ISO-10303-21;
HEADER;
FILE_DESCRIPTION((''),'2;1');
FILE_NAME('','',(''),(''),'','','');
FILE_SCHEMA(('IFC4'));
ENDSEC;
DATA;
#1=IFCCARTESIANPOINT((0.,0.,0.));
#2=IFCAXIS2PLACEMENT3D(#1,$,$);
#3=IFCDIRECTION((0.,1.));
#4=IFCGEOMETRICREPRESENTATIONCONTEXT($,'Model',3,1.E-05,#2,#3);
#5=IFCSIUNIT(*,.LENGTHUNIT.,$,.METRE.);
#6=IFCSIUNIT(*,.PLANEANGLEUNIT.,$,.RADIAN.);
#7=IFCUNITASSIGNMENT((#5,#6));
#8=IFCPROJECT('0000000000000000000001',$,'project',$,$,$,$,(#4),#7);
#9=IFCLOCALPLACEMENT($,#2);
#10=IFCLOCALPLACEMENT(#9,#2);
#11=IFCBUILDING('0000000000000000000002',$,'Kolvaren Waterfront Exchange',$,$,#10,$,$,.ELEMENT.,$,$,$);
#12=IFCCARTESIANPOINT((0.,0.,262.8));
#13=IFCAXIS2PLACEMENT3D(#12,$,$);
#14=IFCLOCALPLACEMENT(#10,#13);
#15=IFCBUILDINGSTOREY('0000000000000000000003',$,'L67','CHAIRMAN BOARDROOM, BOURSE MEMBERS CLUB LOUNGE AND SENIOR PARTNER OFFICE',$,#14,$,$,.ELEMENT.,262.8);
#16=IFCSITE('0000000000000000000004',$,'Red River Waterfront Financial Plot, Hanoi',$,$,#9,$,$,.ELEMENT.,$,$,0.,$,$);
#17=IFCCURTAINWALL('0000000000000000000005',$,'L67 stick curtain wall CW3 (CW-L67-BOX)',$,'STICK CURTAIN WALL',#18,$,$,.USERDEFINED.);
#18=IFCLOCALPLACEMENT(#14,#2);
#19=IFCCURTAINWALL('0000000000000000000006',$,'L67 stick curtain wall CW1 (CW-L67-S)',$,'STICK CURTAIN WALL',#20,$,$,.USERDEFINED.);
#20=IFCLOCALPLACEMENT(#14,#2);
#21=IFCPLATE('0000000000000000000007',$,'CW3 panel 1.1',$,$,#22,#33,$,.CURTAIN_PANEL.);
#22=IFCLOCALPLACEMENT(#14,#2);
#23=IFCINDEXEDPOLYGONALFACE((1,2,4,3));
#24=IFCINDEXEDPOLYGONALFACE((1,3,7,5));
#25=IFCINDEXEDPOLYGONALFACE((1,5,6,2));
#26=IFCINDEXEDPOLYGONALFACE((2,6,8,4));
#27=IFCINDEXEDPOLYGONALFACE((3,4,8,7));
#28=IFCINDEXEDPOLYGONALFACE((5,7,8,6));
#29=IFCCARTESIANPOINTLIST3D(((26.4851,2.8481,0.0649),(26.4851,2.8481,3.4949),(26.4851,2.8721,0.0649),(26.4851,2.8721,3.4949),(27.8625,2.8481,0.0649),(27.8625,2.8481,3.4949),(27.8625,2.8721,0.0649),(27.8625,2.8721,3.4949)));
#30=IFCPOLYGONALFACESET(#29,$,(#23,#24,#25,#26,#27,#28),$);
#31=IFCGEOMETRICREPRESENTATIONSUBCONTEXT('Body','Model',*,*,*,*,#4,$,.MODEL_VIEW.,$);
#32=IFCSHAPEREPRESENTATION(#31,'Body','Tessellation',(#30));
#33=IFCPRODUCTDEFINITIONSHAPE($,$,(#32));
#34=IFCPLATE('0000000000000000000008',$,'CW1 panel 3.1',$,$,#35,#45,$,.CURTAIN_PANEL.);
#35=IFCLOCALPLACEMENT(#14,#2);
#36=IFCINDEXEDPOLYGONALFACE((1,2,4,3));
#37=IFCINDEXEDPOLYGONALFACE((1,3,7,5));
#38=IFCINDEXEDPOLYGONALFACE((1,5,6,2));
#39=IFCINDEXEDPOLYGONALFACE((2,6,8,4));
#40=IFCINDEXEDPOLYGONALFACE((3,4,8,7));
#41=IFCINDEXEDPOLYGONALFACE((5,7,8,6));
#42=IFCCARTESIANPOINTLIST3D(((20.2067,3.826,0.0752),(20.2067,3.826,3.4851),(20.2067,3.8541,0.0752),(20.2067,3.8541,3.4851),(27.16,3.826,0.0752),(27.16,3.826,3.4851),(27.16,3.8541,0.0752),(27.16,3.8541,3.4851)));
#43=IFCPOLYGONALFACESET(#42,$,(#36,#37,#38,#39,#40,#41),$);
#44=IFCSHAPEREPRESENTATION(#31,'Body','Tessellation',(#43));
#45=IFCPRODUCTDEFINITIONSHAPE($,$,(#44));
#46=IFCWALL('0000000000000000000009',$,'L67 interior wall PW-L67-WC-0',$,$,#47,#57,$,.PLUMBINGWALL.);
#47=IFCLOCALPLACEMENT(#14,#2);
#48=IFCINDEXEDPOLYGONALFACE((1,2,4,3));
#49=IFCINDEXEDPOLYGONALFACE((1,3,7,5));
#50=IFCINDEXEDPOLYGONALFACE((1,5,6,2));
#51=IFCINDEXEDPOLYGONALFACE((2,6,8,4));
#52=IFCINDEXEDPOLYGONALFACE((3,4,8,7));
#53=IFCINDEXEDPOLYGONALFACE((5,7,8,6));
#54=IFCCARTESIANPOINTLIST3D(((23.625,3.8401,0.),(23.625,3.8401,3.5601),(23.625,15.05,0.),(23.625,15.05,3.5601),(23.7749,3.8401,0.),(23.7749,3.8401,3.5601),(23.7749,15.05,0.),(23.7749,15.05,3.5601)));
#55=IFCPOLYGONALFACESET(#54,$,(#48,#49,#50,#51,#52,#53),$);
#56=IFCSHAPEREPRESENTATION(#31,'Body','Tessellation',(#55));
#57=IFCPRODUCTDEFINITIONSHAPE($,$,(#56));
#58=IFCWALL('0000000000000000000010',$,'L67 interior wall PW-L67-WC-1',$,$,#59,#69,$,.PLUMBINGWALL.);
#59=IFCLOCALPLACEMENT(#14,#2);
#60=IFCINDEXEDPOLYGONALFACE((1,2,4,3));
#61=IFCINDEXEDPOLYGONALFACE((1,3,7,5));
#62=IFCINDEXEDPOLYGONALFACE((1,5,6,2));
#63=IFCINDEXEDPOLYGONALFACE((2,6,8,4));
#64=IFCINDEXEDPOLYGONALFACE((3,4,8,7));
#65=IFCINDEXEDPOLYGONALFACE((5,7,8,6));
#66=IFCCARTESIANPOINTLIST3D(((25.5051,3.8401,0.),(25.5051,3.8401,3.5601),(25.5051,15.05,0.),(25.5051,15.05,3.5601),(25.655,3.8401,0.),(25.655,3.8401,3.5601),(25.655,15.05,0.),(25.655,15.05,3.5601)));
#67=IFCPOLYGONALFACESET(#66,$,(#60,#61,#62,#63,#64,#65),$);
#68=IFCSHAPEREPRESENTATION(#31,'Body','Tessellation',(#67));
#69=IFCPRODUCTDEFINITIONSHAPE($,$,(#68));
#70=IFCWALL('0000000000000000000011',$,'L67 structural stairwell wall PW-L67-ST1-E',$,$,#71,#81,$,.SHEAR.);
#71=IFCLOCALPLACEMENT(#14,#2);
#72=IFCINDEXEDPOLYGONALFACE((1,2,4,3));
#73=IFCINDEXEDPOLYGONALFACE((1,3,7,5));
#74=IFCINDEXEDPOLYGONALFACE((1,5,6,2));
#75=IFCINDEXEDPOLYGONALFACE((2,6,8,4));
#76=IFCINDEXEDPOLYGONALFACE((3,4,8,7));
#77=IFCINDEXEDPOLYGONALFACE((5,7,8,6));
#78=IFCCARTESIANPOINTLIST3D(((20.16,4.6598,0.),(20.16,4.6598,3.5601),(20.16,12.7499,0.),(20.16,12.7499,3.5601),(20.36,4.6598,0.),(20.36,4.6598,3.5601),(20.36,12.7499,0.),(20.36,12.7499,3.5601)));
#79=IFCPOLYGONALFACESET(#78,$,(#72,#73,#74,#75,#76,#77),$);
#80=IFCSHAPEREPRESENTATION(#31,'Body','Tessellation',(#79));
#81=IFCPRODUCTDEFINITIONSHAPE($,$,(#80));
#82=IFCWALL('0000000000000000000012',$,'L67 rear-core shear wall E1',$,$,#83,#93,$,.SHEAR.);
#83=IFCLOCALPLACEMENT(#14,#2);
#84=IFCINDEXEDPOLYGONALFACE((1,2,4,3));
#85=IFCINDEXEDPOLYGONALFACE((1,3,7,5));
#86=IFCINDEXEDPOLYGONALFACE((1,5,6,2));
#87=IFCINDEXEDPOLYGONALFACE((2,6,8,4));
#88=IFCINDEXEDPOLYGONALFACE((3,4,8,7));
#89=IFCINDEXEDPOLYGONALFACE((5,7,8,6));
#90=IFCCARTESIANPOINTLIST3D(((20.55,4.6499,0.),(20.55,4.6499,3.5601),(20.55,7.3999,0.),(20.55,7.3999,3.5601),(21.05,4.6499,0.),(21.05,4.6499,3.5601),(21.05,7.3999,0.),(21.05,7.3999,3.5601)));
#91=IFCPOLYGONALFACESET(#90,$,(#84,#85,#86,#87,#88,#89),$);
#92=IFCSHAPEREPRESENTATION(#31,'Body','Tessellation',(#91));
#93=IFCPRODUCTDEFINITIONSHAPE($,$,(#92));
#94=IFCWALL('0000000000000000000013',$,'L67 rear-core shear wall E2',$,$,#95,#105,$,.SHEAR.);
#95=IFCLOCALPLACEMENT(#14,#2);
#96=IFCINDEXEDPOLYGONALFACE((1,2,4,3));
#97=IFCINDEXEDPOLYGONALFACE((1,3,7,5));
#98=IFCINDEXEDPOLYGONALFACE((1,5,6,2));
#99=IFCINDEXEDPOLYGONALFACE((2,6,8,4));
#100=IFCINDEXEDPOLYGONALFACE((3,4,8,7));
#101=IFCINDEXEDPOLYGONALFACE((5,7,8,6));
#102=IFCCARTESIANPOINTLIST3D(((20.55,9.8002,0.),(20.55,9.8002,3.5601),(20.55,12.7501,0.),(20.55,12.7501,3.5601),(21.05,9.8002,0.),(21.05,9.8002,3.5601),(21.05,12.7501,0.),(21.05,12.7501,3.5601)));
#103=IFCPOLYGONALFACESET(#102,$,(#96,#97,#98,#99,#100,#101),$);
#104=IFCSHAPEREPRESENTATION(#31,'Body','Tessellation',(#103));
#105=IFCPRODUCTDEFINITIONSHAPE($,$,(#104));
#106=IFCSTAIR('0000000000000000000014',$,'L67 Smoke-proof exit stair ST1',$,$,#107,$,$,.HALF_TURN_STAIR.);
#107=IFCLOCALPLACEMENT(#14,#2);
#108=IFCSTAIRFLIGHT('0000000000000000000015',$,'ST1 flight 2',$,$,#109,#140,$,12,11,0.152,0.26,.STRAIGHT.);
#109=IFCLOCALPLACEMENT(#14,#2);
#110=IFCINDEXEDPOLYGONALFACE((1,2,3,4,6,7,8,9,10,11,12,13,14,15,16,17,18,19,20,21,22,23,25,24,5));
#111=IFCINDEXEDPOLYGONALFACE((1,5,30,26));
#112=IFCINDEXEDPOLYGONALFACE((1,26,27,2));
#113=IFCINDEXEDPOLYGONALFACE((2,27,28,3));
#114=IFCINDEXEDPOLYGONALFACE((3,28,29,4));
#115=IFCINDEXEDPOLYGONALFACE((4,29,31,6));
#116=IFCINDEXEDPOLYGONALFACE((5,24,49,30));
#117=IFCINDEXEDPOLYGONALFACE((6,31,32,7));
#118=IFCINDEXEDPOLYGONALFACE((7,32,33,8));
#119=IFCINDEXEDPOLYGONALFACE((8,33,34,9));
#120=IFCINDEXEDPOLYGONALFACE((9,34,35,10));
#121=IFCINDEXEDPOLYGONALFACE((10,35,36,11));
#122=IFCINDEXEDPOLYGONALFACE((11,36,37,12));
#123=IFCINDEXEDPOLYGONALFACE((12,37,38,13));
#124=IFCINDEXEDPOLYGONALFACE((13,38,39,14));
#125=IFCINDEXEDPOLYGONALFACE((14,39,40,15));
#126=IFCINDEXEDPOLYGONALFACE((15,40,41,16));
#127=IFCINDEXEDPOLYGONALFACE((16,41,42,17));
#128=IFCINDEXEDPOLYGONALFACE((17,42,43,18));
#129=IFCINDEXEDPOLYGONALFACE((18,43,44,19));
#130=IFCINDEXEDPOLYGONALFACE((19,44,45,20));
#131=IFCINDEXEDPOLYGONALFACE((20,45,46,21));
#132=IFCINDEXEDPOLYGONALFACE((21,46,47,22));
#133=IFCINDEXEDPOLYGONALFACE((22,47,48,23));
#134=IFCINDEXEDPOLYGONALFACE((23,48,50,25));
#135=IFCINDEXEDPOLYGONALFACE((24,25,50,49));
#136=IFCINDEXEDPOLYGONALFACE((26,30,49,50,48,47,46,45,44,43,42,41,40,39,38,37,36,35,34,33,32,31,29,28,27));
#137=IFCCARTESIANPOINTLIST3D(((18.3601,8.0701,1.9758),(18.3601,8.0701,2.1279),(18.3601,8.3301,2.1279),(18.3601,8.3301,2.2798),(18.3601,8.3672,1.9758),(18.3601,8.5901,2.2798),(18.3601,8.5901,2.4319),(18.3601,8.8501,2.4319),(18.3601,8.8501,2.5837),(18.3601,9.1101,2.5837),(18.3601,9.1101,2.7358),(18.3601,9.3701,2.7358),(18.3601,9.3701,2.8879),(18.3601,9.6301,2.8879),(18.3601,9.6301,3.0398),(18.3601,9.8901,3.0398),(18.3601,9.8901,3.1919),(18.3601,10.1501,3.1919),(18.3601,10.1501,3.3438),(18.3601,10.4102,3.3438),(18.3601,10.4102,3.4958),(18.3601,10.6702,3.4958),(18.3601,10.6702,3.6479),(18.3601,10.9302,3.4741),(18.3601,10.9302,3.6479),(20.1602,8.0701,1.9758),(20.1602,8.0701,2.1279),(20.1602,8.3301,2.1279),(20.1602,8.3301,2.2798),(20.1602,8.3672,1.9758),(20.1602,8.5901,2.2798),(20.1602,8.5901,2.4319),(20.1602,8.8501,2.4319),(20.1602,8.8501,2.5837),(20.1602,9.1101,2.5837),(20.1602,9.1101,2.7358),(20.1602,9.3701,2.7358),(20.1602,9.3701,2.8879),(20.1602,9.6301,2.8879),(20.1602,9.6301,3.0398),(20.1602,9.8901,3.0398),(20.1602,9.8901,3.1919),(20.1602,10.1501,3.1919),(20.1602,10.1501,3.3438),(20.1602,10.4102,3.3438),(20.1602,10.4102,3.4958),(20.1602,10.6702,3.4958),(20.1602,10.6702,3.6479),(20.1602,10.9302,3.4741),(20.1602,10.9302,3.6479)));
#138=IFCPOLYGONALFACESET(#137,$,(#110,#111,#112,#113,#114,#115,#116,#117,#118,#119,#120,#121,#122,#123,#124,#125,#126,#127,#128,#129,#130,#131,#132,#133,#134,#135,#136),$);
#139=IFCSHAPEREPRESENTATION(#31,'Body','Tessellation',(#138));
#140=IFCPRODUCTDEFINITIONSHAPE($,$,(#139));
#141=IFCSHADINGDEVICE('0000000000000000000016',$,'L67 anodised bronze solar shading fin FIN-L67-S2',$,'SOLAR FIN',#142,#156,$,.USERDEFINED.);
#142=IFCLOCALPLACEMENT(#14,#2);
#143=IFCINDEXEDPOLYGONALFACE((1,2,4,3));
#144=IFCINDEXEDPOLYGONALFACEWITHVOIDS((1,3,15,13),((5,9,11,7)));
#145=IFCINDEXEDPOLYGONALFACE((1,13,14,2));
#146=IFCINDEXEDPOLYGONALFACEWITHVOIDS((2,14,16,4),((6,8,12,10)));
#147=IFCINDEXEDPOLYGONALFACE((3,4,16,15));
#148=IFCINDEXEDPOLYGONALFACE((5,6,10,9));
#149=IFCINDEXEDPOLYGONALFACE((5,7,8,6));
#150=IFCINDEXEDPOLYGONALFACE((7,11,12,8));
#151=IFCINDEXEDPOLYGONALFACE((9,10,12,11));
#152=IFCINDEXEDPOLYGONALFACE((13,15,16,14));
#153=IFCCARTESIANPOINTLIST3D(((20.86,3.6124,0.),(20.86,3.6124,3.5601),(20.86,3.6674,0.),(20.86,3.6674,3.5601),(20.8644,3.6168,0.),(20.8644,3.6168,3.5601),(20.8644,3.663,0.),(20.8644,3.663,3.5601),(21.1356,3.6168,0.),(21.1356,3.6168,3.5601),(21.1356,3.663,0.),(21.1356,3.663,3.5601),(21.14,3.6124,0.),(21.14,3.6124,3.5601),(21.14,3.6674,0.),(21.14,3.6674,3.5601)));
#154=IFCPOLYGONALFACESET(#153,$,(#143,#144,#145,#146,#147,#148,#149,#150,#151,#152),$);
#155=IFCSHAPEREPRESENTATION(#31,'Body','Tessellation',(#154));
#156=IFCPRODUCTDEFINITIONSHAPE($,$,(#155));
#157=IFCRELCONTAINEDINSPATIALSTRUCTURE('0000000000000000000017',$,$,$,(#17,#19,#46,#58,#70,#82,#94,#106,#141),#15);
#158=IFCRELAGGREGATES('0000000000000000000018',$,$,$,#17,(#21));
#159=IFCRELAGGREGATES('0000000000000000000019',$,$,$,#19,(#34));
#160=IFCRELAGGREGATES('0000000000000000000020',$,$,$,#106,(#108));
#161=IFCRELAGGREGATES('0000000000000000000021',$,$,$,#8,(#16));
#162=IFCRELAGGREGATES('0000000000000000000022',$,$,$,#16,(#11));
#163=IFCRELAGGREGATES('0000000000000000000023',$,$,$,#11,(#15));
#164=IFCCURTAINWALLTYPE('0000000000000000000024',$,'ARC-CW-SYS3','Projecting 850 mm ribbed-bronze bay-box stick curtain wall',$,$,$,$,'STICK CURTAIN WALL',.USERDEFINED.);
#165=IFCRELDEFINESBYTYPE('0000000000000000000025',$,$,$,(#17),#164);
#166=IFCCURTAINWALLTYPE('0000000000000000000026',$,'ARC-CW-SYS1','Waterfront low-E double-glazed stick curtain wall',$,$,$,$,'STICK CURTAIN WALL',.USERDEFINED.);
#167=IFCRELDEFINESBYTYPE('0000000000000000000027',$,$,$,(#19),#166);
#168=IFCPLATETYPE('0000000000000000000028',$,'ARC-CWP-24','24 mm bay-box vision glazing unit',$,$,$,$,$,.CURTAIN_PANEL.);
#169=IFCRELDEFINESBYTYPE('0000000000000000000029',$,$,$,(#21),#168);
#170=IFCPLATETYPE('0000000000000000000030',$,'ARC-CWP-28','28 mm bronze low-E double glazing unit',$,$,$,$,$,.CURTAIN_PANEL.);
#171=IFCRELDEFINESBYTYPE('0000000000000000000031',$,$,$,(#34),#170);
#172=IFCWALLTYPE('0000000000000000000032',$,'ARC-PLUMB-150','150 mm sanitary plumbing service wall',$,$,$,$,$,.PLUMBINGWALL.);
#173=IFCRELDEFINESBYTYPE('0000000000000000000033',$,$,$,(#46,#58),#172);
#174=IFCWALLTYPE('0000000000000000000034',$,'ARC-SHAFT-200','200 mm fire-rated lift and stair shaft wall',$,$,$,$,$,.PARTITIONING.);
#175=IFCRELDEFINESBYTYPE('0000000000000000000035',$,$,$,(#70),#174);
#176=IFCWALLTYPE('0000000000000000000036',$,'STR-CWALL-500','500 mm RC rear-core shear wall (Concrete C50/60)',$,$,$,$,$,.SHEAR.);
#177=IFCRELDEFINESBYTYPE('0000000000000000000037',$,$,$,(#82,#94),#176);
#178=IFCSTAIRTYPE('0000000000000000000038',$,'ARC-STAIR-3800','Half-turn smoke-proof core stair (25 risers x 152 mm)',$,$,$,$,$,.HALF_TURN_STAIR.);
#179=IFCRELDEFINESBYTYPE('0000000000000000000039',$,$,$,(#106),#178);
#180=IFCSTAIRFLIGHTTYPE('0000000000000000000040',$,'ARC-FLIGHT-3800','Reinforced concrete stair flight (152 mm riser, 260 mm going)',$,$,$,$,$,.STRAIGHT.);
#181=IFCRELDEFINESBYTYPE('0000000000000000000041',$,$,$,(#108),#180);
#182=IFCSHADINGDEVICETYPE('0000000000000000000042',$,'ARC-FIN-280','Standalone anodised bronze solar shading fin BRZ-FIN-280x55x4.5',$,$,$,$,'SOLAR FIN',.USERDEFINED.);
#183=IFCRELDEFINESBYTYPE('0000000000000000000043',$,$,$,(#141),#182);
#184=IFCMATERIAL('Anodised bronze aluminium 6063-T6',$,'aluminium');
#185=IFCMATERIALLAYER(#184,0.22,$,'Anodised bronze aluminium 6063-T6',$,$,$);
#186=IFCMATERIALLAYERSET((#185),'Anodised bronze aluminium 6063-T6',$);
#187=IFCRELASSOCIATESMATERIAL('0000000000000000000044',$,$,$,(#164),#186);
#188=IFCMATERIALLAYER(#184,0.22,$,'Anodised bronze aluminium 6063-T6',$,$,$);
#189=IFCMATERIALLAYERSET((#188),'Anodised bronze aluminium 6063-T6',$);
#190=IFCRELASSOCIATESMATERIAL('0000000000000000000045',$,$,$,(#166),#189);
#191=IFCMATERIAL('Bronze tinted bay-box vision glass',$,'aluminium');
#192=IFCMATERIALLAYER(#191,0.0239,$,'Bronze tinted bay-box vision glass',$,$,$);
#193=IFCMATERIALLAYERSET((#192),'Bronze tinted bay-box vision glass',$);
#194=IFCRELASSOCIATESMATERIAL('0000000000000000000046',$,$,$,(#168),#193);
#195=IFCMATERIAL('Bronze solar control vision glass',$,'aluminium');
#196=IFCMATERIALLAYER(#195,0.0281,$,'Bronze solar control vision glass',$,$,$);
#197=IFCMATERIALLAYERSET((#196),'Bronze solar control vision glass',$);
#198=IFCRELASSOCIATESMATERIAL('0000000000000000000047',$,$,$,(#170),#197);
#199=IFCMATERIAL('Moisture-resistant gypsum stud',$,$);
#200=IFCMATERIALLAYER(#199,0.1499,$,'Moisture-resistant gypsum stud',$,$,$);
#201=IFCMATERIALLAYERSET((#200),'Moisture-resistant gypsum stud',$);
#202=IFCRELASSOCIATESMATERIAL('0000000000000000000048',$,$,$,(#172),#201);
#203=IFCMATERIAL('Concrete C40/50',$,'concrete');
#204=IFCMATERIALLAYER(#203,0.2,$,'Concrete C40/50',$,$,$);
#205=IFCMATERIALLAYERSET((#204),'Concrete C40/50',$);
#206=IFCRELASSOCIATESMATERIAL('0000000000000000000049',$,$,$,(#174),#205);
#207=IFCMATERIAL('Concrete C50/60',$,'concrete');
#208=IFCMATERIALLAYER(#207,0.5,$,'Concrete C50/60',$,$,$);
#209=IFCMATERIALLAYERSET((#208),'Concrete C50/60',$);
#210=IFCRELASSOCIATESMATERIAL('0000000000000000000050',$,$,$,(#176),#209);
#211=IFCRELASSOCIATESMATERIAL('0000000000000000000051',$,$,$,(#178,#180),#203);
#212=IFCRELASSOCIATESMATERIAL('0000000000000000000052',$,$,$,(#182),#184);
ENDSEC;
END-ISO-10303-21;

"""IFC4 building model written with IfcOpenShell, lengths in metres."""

from ifc_helpers import new_model, si_unit, direction, frame, frame_2d, origin, origin_with_axes, origin_2d, place, context, subcontext, project, spatial, polyline, rectangle, hollow_rectangle, outline, extrude, source, transform, mapped, material, layer, layer_set, material_profile, profile_set, type_object, element, aggregate, save


model = new_model("IFC4")

# Units and contexts
model_context = context("Model", 3, precision=1e-05, world=origin(), true_north=direction((0.0, 1.0)))
body_context = subcontext(model_context, "Body", "Model", "MODEL_VIEW")
ifc_project = project(units=[si_unit("LENGTHUNIT", "METRE"), si_unit("PLANEANGLEUNIT", "RADIAN")], contexts=[model_context])

# Site, building, storey
site_placement = place(None, origin())
site = spatial("IfcSite", under=ifc_project, at=site_placement, Name="Red River Waterfront Financial Plot, Hanoi", CompositionType="ELEMENT", RefElevation=0.0)
building_placement = place(site_placement, origin())
building = spatial("IfcBuilding", under=site, at=building_placement, Name="Kolvaren Waterfront Exchange", CompositionType="ELEMENT")
storey_placement = place(building_placement, frame((0.0, 0.0, 262.8)))
storey = spatial("IfcBuildingStorey", under=building, at=storey_placement, Name="L67", Description="CHAIRMAN BOARDROOM, BOURSE MEMBERS CLUB LOUNGE AND SENIOR PARTNER OFFICE", CompositionType="ELEMENT", Elevation=262.8)

# Shared definitions
ifc_material_1 = material(Name="Concrete C50/60", Category="concrete")

# Curtain wall
ifc_material_2 = material(Name="Anodised bronze aluminium 6063-T6", Category="aluminium")
ifc_layer_1 = layer(ifc_material_2, 0.22, Name="Anodised bronze aluminium 6063-T6")
ifc_layer_set_1 = layer_set([ifc_layer_1], Name="Anodised bronze aluminium 6063-T6")
curtain_wall_type_1 = type_object("IfcCurtainWallType", Name="ARC-CW-SYS3", Description="Projecting 850 mm ribbed-bronze bay-box stick curtain wall", ElementType="STICK CURTAIN WALL", PredefinedType="USERDEFINED", material=ifc_layer_set_1)
curtain_wall_1_placement = place(storey_placement, origin())
curtain_wall_1 = element("IfcCurtainWall", 1, at=curtain_wall_1_placement, inside=storey, type_object=curtain_wall_type_1, Name="L67 stick curtain wall CW3 (CW-L67-BOX)", ObjectType="STICK CURTAIN WALL", PredefinedType="USERDEFINED")

# Curtain wall
ifc_layer_2 = layer(ifc_material_2, 0.22, Name="Anodised bronze aluminium 6063-T6")
ifc_layer_set_2 = layer_set([ifc_layer_2], Name="Anodised bronze aluminium 6063-T6")
curtain_wall_type_2 = type_object("IfcCurtainWallType", Name="ARC-CW-SYS1", Description="Waterfront low-E double-glazed stick curtain wall", ElementType="STICK CURTAIN WALL", PredefinedType="USERDEFINED", material=ifc_layer_set_2)
curtain_wall_2_placement = place(storey_placement, origin())
curtain_wall_2 = element("IfcCurtainWall", 2, at=curtain_wall_2_placement, inside=storey, type_object=curtain_wall_type_2, Name="L67 stick curtain wall CW1 (CW-L67-S)", ObjectType="STICK CURTAIN WALL", PredefinedType="USERDEFINED")

# Plates
ifc_material_3 = material(Name="Bronze tinted bay-box vision glass", Category="aluminium")
ifc_layer_3 = layer(ifc_material_3, 0.0239, Name="Bronze tinted bay-box vision glass")
ifc_layer_set_3 = layer_set([ifc_layer_3], Name="Bronze tinted bay-box vision glass")
plate_type_1 = type_object("IfcPlateType", Name="ARC-CWP-24", Description="24 mm bay-box vision glazing unit", PredefinedType="CURTAIN_PANEL", material=ifc_layer_set_3)
shared_shape_1 = source(origin_with_axes(), body_context, "Body", "SweptSolid", [
    extrude(rectangle(XDim=1.3774, YDim=0.0239, at=origin_2d()), origin(), (0.0, 0.0, 1.0), 3.4299),
])
plate_1_placement = place(storey_placement, frame((27.1738, 2.8601, 0.0649), z_axis=(0.0, 0.0, 1.0), x_axis=(1.0, 0.0, 0.0)))
plate_1 = element("IfcPlate", 3, at=plate_1_placement, type_object=plate_type_1, Name="CW3 panel 1.1", PredefinedType="CURTAIN_PANEL", context=body_context, shape_type="MappedRepresentation", body=[
    mapped(shared_shape_1, transform((0.0, 0.0, 0.0), x_axis=(1.0, 0.0, 0.0), y_axis=(0.0, 1.0, 0.0), z_axis=(0.0, 0.0, 1.0), scale=1.0)),
])
aggregate(curtain_wall_1, [plate_1])
ifc_material_4 = material(Name="Bronze solar control vision glass", Category="aluminium")
ifc_layer_4 = layer(ifc_material_4, 0.0281, Name="Bronze solar control vision glass")
ifc_layer_set_4 = layer_set([ifc_layer_4], Name="Bronze solar control vision glass")
plate_type_2 = type_object("IfcPlateType", Name="ARC-CWP-28", Description="28 mm bronze low-E double glazing unit", PredefinedType="CURTAIN_PANEL", material=ifc_layer_set_4)
shared_shape_2 = source(origin_with_axes(), body_context, "Body", "SweptSolid", [
    extrude(rectangle(XDim=6.9534, YDim=0.0281, at=origin_2d()), origin(), (0.0, 0.0, 1.0), 3.4099),
])
plate_2_placement = place(storey_placement, frame((23.6833, 3.8401, 0.0752), z_axis=(0.0, 0.0, 1.0), x_axis=(1.0, 0.0, 0.0)))
plate_2 = element("IfcPlate", 4, at=plate_2_placement, type_object=plate_type_2, Name="CW1 panel 3.1", PredefinedType="CURTAIN_PANEL", context=body_context, shape_type="MappedRepresentation", body=[
    mapped(shared_shape_2, transform((0.0, 0.0, 0.0), x_axis=(1.0, 0.0, 0.0), y_axis=(0.0, 1.0, 0.0), z_axis=(0.0, 0.0, 1.0), scale=1.0)),
])
aggregate(curtain_wall_2, [plate_2])

# Walls
ifc_material_5 = material(Name="Moisture-resistant gypsum stud")
ifc_layer_5 = layer(ifc_material_5, 0.1499, Name="Moisture-resistant gypsum stud")
ifc_layer_set_5 = layer_set([ifc_layer_5], Name="Moisture-resistant gypsum stud")
wall_type_1 = type_object("IfcWallType", Name="ARC-PLUMB-150", Description="150 mm sanitary plumbing service wall", PredefinedType="PLUMBINGWALL", material=ifc_layer_set_5)
for number, where, z_axis, x_axis, name in (
    (5, (23.7, 3.8401, 0.0), (0.0, 0.0, 1.0), (0.0, 1.0, 0.0), "L67 interior wall PW-L67-WC-0"),
    (6, (25.5801, 3.8401, 0.0), (0.0, 0.0, 1.0), (0.0, 1.0, 0.0), "L67 interior wall PW-L67-WC-1"),
):
    element("IfcWall", number, at=place(storey_placement, frame(where, z_axis=z_axis, x_axis=x_axis)), inside=storey, type_object=wall_type_1, Name=name, PredefinedType="PLUMBINGWALL", context=body_context, shape_type="SweptSolid", body=[
        extrude(rectangle(XDim=11.21, YDim=0.1499, at=frame_2d((5.605, 0.0))), origin(), (0.0, 0.0, 1.0), 3.5601),
    ])
ifc_material_6 = material(Name="Concrete C40/50", Category="concrete")
ifc_layer_6 = layer(ifc_material_6, 0.2, Name="Concrete C40/50")
ifc_layer_set_6 = layer_set([ifc_layer_6], Name="Concrete C40/50")
wall_type_2 = type_object("IfcWallType", Name="ARC-SHAFT-200", Description="200 mm fire-rated lift and stair shaft wall", PredefinedType="PARTITIONING", material=ifc_layer_set_6)
wall_1_placement = place(storey_placement, frame((20.26, 4.6599, 0.0), z_axis=(0.0, 0.0, 1.0), x_axis=(0.0, 1.0, 0.0)))
element("IfcWall", 7, at=wall_1_placement, inside=storey, type_object=wall_type_2, Name="L67 structural stairwell wall PW-L67-ST1-E", PredefinedType="SHEAR", context=body_context, shape_type="SweptSolid", body=[
    extrude(rectangle(XDim=8.0901, YDim=0.2, at=frame_2d((4.0449, 0.0))), origin(), (0.0, 0.0, 1.0), 3.5601),
])
ifc_layer_7 = layer(ifc_material_1, 0.5, Name="Concrete C50/60")
ifc_layer_set_7 = layer_set([ifc_layer_7], Name="Concrete C50/60")
wall_type_3 = type_object("IfcWallType", Name="STR-CWALL-500", Description="500 mm RC rear-core shear wall (Concrete C50/60)", PredefinedType="SHEAR", material=ifc_layer_set_7)
wall_2_placement = place(storey_placement, frame((20.8, 4.6499, 0.0), z_axis=(0.0, 0.0, 1.0), x_axis=(0.0, 1.0, 0.0)))
element("IfcWall", 8, at=wall_2_placement, inside=storey, type_object=wall_type_3, Name="L67 rear-core shear wall E1", PredefinedType="SHEAR", context=body_context, shape_type="SweptSolid", body=[
    extrude(rectangle(XDim=2.75, YDim=0.5, at=frame_2d((1.375, 0.0))), origin(), (0.0, 0.0, 1.0), 3.5601),
])
wall_3_placement = place(storey_placement, frame((20.8, 9.8, 0.0), z_axis=(0.0, 0.0, 1.0), x_axis=(0.0, 1.0, 0.0)))
element("IfcWall", 9, at=wall_3_placement, inside=storey, type_object=wall_type_3, Name="L67 rear-core shear wall E2", PredefinedType="SHEAR", context=body_context, shape_type="SweptSolid", body=[
    extrude(rectangle(XDim=2.95, YDim=0.5, at=frame_2d((1.4751, 0.0))), origin(), (0.0, 0.0, 1.0), 3.5601),
])

# Stair, stair flight
stair_type = type_object("IfcStairType", Name="ARC-STAIR-3800", Description="Half-turn smoke-proof core stair (25 risers x 152 mm)", PredefinedType="HALF_TURN_STAIR", material=ifc_material_6)
stair_placement = place(storey_placement, origin())
stair = element("IfcStair", 10, at=stair_placement, inside=storey, type_object=stair_type, Name="L67 Smoke-proof exit stair ST1", PredefinedType="HALF_TURN_STAIR")
stair_flight_type = type_object("IfcStairFlightType", Name="ARC-FLIGHT-3800", Description="Reinforced concrete stair flight (152 mm riser, 260 mm going)", PredefinedType="STRAIGHT", material=ifc_material_6)
stair_flight_placement = place(storey_placement, frame((19.26, 8.0701, 1.9758), z_axis=(0.0, 0.0, 1.0), x_axis=(0.0, 1.0, 0.0)))
stair_flight = element("IfcStairFlight", 11, at=stair_flight_placement, type_object=stair_flight_type, Name="ST1 flight 2", NumberOfRisers=12, NumberOfTreads=11, PredefinedType="STRAIGHT", RiserHeight=0.152, TreadLength=0.26, context=body_context, shape_type="SweptSolid", body=[
    extrude(outline(polyline([(0.0, 0.0), (0.0, 0.1521), (0.26, 0.1521), (0.26, 0.304), (0.52, 0.304), (0.52, 0.4561), (0.78, 0.4561), (0.78, 0.6079), (1.04, 0.6079), (1.04, 0.76), (1.3, 0.76), (1.3, 0.9121), (1.5601, 0.9121), (1.5601, 1.064), (1.8201, 1.064), (1.8201, 1.2161), (2.0801, 1.2161), (2.0801, 1.3679), (2.3401, 1.3679), (2.3401, 1.52), (2.6001, 1.52), (2.6001, 1.6721), (2.8601, 1.6721), (2.8601, 1.824), (2.8601, 1.4983), (0.2971, 0.0), (0.0, 0.0)])), frame((0.0, 0.8999, 0.0), z_axis=(0.0, -1.0, 0.0), x_axis=(1.0, 0.0, 0.0)), (0.0, 0.0, 1.0), 1.8),
])
aggregate(stair, [stair_flight])

# Shading device
ifc_material_profile_1 = material_profile(ifc_material_2, hollow_rectangle(XDim=0.0549, YDim=0.28, WallThickness=0.0044, at=origin_2d()), Name="BRZ-FIN-280x55x4.5")
ifc_profile_set_1 = profile_set([ifc_material_profile_1], Name="Anodised bronze aluminium 6063-T6")
shading_device_type = type_object("IfcShadingDeviceType", Name="ARC-FIN-280", Description="Standalone anodised bronze solar shading fin BRZ-FIN-280x55x4.5", ElementType="SOLAR FIN", PredefinedType="USERDEFINED", material=ifc_profile_set_1)
shading_device_placement = place(storey_placement, frame((21.0, 3.6399, 0.0), z_axis=(0.0, 0.0, 1.0), x_axis=(0.0, -1.0, 0.0)))
element("IfcShadingDevice", 12, at=shading_device_placement, inside=storey, type_object=shading_device_type, Name="L67 anodised bronze solar shading fin FIN-L67-S2", ObjectType="SOLAR FIN", PredefinedType="USERDEFINED", context=body_context, shape_type="SweptSolid", body=[
    extrude(hollow_rectangle(XDim=0.0549, YDim=0.28, WallThickness=0.0044, at=origin_2d()), origin(), (0.0, 0.0, 1.0), 3.5601),
])

save(model, "model.ifc")
